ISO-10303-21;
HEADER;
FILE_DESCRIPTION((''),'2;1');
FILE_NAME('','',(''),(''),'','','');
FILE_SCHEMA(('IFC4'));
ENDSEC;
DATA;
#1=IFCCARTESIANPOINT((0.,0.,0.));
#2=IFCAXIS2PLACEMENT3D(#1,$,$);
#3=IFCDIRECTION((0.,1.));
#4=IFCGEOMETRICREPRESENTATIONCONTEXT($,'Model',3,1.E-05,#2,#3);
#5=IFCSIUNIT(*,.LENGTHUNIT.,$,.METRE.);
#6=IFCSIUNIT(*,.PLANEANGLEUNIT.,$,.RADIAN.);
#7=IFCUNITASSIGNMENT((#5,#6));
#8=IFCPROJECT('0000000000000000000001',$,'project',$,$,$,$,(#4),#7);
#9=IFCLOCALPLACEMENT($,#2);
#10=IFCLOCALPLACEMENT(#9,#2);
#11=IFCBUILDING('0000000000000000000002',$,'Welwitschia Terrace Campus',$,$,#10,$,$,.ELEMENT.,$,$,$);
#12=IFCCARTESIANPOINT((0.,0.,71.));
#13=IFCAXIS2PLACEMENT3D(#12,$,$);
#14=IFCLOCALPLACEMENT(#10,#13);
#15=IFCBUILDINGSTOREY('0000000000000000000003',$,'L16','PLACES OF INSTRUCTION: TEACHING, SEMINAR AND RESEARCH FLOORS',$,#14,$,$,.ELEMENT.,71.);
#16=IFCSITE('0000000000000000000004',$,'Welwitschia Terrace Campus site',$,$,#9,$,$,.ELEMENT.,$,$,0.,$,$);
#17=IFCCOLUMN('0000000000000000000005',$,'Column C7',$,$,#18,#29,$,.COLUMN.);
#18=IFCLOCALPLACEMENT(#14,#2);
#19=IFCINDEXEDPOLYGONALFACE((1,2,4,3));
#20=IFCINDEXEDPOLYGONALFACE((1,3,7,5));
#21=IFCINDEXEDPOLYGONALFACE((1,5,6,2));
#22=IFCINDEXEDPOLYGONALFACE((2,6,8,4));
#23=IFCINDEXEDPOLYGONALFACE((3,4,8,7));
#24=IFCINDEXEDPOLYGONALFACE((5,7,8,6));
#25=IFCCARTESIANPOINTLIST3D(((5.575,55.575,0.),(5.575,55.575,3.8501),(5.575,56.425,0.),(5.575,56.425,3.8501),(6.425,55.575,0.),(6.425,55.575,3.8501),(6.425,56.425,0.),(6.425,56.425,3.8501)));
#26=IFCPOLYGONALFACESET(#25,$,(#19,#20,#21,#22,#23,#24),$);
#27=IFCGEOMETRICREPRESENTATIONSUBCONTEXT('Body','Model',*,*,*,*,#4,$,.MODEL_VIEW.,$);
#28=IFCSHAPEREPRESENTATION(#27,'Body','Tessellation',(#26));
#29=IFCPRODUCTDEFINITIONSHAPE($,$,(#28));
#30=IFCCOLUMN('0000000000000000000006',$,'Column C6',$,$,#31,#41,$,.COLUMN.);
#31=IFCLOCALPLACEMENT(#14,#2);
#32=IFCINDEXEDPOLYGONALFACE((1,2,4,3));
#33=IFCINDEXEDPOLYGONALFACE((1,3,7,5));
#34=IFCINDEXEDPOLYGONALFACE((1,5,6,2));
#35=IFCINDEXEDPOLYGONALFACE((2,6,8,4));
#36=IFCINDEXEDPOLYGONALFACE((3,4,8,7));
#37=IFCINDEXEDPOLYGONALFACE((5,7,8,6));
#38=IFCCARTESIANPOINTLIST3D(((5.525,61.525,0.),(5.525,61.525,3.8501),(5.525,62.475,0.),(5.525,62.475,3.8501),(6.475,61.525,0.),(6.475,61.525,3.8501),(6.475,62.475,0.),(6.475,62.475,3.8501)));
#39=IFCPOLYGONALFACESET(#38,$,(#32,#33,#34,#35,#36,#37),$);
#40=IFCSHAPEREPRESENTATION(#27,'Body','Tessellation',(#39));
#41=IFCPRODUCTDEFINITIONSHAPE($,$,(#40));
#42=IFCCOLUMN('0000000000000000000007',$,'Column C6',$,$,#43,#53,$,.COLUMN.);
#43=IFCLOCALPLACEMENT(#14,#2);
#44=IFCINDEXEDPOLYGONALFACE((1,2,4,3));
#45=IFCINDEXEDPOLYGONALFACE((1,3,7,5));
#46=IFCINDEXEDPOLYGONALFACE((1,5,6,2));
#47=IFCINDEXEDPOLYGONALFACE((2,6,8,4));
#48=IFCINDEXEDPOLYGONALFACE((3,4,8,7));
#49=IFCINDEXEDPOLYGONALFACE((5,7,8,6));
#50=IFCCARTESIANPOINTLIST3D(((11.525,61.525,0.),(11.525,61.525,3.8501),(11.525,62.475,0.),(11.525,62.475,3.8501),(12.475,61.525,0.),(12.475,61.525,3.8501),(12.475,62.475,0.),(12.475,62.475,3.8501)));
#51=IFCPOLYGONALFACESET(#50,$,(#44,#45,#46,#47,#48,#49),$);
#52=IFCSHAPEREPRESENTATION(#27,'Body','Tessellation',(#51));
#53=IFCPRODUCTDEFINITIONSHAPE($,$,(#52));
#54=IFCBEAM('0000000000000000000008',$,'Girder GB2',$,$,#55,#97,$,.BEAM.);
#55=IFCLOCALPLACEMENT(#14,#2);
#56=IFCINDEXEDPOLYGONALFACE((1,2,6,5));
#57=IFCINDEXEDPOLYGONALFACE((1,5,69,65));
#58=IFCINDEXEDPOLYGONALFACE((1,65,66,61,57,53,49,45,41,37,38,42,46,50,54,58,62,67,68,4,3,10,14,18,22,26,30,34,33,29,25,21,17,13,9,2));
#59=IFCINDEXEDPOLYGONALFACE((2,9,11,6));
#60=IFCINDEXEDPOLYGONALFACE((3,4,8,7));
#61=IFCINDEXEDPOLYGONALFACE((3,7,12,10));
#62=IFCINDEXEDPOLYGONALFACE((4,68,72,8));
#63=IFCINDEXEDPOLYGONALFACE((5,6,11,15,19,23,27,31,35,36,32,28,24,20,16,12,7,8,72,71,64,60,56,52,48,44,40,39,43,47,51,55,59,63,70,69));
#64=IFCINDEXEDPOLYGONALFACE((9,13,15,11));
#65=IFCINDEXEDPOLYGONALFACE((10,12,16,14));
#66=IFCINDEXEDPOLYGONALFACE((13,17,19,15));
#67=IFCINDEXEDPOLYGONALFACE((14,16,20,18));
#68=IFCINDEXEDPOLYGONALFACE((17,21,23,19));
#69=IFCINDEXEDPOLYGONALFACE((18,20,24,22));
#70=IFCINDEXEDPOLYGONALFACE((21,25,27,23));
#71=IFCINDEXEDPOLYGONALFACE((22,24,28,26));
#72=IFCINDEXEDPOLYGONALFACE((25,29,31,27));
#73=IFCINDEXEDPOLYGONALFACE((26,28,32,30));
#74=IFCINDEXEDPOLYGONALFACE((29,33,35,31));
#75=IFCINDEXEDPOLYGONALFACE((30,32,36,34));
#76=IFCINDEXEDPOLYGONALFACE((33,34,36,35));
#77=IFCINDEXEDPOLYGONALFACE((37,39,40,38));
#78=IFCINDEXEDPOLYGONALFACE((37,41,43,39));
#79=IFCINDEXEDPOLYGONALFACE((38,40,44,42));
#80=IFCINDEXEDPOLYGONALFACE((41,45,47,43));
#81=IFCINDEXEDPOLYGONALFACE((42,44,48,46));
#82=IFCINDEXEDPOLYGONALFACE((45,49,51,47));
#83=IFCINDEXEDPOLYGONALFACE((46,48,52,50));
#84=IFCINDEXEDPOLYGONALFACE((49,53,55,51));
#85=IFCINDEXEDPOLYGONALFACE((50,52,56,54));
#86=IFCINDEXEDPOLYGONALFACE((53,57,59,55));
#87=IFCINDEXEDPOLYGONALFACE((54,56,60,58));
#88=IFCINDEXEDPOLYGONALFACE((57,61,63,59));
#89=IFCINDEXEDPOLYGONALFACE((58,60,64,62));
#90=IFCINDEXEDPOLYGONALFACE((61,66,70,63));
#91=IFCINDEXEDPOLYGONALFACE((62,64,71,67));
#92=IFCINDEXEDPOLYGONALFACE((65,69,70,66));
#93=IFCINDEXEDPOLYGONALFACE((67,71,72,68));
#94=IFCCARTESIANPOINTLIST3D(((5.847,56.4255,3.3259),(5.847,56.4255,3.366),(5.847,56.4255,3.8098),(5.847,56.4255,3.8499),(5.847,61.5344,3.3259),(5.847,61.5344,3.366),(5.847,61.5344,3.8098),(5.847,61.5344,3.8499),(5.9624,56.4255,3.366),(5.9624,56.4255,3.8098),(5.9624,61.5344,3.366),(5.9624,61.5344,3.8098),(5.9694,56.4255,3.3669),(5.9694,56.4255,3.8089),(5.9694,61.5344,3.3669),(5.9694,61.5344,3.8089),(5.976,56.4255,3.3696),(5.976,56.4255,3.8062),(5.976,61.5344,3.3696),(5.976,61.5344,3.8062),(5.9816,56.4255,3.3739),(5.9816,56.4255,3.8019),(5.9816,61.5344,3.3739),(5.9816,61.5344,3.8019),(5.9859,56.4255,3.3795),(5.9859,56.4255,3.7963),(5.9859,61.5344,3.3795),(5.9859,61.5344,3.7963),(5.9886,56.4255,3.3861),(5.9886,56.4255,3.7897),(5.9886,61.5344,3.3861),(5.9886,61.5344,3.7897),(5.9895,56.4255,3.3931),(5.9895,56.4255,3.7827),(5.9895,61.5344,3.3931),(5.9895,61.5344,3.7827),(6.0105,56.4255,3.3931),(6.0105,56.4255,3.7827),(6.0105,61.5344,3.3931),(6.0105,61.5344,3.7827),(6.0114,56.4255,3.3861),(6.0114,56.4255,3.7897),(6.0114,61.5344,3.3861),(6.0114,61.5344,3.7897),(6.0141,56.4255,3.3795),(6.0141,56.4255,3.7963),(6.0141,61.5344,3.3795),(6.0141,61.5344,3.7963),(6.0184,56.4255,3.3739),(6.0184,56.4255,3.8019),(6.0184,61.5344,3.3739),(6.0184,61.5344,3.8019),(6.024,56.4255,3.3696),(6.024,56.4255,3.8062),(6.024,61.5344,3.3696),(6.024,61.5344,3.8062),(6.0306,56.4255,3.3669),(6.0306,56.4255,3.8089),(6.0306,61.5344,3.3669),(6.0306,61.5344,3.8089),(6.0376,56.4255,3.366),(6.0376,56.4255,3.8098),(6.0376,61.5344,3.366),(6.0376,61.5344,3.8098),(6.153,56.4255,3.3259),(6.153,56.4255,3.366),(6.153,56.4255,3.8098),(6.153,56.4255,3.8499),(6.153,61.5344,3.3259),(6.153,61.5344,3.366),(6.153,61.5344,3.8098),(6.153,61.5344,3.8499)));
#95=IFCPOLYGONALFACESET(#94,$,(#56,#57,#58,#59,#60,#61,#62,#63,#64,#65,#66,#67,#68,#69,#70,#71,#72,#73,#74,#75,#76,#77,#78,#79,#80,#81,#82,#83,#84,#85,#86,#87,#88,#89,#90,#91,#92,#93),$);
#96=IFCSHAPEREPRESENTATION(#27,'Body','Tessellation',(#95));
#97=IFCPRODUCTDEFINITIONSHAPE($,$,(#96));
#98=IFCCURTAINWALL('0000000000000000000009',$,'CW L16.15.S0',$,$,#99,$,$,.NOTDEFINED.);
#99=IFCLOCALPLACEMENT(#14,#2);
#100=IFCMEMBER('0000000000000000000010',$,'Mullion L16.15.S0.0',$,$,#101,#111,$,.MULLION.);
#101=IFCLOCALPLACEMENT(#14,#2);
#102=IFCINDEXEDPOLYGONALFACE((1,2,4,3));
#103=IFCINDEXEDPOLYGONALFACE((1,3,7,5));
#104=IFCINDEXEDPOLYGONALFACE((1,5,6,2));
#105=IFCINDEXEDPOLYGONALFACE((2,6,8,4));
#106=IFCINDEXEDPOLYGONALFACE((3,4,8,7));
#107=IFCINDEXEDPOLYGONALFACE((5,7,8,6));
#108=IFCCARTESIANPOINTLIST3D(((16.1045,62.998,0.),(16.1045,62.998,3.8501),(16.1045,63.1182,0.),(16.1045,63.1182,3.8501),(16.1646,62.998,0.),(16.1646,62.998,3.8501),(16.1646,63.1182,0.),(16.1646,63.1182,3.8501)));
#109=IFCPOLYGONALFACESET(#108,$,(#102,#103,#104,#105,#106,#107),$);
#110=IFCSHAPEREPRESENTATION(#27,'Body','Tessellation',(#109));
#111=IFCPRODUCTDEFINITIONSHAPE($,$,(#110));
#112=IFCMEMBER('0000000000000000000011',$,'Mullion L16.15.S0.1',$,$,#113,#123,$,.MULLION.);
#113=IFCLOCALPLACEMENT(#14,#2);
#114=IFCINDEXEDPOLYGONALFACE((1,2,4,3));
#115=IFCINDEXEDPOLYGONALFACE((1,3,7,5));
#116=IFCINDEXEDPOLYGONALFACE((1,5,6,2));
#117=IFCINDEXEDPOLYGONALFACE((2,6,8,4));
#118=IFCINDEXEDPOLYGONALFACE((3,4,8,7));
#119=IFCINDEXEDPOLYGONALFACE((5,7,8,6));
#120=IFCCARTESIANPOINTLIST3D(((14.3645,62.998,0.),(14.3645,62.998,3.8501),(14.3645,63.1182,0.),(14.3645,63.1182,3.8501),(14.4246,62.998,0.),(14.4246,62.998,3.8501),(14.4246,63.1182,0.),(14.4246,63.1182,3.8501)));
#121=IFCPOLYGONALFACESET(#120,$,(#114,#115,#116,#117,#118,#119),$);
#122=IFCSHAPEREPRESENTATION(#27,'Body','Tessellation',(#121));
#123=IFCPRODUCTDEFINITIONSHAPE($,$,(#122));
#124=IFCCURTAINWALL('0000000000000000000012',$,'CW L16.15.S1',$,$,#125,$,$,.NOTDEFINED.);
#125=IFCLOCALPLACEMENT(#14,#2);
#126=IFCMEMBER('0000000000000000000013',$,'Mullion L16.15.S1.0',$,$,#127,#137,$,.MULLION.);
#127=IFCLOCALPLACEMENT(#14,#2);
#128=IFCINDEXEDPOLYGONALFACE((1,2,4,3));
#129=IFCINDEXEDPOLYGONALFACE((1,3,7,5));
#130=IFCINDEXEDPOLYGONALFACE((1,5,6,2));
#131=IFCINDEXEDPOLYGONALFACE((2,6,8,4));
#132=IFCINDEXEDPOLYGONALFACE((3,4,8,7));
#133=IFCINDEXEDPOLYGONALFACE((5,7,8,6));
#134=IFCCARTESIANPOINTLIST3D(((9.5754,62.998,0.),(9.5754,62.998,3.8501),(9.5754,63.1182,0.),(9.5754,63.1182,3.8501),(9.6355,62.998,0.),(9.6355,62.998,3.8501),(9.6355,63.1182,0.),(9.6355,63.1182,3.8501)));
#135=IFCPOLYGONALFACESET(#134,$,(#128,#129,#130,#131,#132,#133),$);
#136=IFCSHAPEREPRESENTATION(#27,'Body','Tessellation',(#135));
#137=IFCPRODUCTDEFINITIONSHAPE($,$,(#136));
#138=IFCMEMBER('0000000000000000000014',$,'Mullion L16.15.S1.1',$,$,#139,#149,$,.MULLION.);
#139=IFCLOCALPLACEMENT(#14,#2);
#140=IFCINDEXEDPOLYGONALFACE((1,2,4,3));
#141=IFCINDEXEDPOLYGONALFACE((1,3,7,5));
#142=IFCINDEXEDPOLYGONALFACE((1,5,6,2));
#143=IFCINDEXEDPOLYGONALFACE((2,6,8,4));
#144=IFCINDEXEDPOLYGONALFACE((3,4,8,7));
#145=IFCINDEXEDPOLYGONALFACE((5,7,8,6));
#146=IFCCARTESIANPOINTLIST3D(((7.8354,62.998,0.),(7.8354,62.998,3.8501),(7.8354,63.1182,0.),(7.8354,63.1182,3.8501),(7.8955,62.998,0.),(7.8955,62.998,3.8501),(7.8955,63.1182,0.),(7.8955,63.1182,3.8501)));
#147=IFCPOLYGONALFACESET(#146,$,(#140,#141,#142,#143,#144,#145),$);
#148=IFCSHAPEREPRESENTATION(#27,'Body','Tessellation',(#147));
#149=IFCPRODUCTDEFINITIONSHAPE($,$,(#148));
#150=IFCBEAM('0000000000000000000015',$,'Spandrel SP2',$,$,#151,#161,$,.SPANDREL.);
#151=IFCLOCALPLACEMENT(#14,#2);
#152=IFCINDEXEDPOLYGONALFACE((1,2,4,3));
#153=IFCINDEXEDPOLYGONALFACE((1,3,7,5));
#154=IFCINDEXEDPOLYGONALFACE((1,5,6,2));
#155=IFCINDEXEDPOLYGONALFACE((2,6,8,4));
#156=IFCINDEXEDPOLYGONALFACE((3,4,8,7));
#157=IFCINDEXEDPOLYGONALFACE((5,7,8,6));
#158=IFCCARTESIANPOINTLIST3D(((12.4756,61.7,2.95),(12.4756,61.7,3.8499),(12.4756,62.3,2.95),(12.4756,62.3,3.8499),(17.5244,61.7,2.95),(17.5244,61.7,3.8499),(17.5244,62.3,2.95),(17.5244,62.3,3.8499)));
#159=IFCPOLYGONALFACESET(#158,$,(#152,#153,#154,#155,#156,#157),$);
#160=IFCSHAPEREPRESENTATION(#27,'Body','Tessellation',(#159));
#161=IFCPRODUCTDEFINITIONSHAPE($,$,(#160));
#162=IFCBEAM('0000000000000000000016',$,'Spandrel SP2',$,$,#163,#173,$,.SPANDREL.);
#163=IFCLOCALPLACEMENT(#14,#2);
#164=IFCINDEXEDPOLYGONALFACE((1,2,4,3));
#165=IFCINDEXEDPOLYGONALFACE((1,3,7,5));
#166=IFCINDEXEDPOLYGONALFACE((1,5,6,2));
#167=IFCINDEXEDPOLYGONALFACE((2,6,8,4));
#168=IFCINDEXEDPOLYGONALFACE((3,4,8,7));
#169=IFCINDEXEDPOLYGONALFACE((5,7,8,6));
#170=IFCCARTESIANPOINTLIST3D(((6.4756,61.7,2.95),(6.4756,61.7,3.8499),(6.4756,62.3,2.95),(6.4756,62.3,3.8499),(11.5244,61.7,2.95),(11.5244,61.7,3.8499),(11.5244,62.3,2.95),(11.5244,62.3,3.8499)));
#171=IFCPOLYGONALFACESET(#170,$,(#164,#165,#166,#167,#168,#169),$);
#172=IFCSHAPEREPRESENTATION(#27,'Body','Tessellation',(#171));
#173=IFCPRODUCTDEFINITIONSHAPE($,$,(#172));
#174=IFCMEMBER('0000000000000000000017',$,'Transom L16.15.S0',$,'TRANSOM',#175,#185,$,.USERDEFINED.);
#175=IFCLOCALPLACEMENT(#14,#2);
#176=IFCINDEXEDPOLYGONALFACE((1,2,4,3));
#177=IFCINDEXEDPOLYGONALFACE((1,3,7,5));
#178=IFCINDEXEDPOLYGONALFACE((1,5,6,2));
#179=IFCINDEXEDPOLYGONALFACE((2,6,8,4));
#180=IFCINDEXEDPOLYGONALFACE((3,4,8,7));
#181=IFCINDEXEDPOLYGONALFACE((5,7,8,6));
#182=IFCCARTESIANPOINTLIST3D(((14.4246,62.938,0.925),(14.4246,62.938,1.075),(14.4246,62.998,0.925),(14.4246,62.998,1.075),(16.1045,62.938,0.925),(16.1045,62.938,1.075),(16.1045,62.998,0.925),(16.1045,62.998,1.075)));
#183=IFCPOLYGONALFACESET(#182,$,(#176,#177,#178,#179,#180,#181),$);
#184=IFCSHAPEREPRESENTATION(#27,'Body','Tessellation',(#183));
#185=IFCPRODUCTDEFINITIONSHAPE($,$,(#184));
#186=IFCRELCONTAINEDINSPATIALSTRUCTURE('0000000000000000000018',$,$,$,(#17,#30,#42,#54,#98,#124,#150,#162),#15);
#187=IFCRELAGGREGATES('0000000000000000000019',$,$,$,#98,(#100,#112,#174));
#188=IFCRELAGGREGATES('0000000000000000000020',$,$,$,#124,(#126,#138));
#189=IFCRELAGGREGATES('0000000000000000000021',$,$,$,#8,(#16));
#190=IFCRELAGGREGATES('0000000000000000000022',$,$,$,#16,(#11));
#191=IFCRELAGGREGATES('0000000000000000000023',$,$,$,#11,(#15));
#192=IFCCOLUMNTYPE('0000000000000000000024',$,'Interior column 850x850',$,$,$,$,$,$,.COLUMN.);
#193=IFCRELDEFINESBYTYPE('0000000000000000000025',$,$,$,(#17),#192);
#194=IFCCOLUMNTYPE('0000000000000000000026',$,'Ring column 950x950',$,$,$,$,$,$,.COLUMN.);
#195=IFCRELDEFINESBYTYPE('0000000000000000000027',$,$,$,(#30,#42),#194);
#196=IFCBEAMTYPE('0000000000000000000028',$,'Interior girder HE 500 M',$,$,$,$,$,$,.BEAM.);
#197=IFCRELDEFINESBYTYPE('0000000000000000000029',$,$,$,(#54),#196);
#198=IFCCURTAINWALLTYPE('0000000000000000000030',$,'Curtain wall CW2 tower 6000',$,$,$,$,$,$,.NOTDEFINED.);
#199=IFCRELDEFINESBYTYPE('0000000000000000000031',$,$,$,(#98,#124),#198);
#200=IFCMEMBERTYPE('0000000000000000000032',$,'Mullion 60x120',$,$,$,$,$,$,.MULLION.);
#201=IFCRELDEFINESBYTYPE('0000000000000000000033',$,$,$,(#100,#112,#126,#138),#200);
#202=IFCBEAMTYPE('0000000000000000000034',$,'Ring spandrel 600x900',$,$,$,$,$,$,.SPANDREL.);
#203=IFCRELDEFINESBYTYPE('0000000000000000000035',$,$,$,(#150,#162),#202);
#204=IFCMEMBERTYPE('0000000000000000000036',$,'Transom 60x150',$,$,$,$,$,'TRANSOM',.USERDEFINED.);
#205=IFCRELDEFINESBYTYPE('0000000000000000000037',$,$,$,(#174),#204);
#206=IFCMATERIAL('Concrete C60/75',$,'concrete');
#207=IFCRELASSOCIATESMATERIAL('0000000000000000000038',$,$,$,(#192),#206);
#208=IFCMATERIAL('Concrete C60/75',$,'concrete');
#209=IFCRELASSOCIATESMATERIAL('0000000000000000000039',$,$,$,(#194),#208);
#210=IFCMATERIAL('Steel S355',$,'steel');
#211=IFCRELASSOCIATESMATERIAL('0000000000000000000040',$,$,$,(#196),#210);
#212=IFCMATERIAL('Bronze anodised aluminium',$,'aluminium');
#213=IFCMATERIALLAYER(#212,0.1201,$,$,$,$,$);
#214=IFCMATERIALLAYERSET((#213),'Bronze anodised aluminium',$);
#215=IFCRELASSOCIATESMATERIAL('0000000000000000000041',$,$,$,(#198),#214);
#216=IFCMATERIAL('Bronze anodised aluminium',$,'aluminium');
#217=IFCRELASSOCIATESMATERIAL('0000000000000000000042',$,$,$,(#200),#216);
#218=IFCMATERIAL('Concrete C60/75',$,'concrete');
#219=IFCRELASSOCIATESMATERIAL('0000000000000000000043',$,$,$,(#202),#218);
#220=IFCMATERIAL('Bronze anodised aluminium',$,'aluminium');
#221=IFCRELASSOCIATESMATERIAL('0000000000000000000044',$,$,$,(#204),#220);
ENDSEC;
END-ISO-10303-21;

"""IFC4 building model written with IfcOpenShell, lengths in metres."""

from ifc_helpers import new_model, si_unit, direction, frame, origin, origin_2d, place, context, subcontext, project, spatial, rectangle, i_section, extrude, material, layer, layer_set, material_profile, profile_set, type_object, element, aggregate, save


model = new_model("IFC4")

# Units and contexts
model_context = context("Model", 3, precision=1e-05, world=origin(), true_north=direction((0.0, 1.0)))
body_context = subcontext(model_context, "Body", "Model", "MODEL_VIEW")
ifc_project = project(units=[si_unit("LENGTHUNIT", "METRE"), si_unit("PLANEANGLEUNIT", "RADIAN")], contexts=[model_context])

# Site, building, storey
site_placement = place(None, origin())
site = spatial("IfcSite", under=ifc_project, at=site_placement, Name="Welwitschia Terrace Campus site", CompositionType="ELEMENT", RefElevation=0.0)
building_placement = place(site_placement, origin())
building = spatial("IfcBuilding", under=site, at=building_placement, Name="Welwitschia Terrace Campus", CompositionType="ELEMENT")
storey_placement = place(building_placement, frame((0.0, 0.0, 71.0)))
storey = spatial("IfcBuildingStorey", under=building, at=storey_placement, Name="L16", Description="PLACES OF INSTRUCTION: TEACHING, SEMINAR AND RESEARCH FLOORS", CompositionType="ELEMENT", Elevation=71.0)

# Columns
ifc_material_1 = material(Name="Concrete C60/75", Category="concrete")
ifc_material_profile_1 = material_profile(ifc_material_1, rectangle(XDim=0.8501, YDim=0.8501, at=origin_2d()))
ifc_profile_set_1 = profile_set([ifc_material_profile_1], Name="Concrete C60/75")
column_type_1 = type_object("IfcColumnType", Name="Interior column 850x850", PredefinedType="COLUMN", material=ifc_profile_set_1)
column_placement = place(storey_placement, frame((6.0, 56.0, 0.0), z_axis=(0.0, 0.0, 1.0), x_axis=(1.0, 0.0, 0.0)))
element("IfcColumn", 1, at=column_placement, inside=storey, type_object=column_type_1, Name="Column C7", PredefinedType="COLUMN", context=body_context, shape_type="SweptSolid", body=[
    extrude(rectangle(XDim=0.8501, YDim=0.8501, at=origin_2d()), origin(), (0.0, 0.0, 1.0), 3.8501),
])
ifc_material_2 = material(Name="Concrete C60/75", Category="concrete")
ifc_material_profile_2 = material_profile(ifc_material_2, rectangle(XDim=0.95, YDim=0.95, at=origin_2d()))
ifc_profile_set_2 = profile_set([ifc_material_profile_2], Name="Concrete C60/75")
column_type_2 = type_object("IfcColumnType", Name="Ring column 950x950", PredefinedType="COLUMN", material=ifc_profile_set_2)
for number, where, z_axis, x_axis, name in (
    (2, (6.0, 62.0, 0.0), (0.0, 0.0, 1.0), (1.0, 0.0, 0.0), "Column C6"),
    (3, (12.0, 62.0, 0.0), (0.0, 0.0, 1.0), (1.0, 0.0, 0.0), "Column C6"),
):
    element("IfcColumn", number, at=place(storey_placement, frame(where, z_axis=z_axis, x_axis=x_axis)), inside=storey, type_object=column_type_2, Name=name, PredefinedType="COLUMN", context=body_context, shape_type="SweptSolid", body=[
        extrude(rectangle(XDim=0.95, YDim=0.95, at=origin_2d()), origin(), (0.0, 0.0, 1.0), 3.8501),
    ])

# Beam
ifc_material_3 = material(Name="Steel S355", Category="steel")
ifc_material_profile_3 = material_profile(ifc_material_3, i_section(OverallWidth=0.3059, OverallDepth=0.5239, WebThickness=0.021, FlangeThickness=0.04, FilletRadius=0.0271, at=origin_2d()))
ifc_profile_set_3 = profile_set([ifc_material_profile_3], Name="Steel S355")
beam_type_1 = type_object("IfcBeamType", Name="Interior girder HE 500 M", PredefinedType="BEAM", material=ifc_profile_set_3)
beam_placement = place(storey_placement, frame((6.0, 56.4255, 3.5879), z_axis=(0.0, 1.0, 0.0), x_axis=(-1.0, 0.0, 0.0)))
element("IfcBeam", 4, at=beam_placement, inside=storey, type_object=beam_type_1, Name="Girder GB2", PredefinedType="BEAM", context=body_context, shape_type="SweptSolid", body=[
    extrude(i_section(OverallWidth=0.3059, OverallDepth=0.5239, WebThickness=0.021, FlangeThickness=0.04, FilletRadius=0.0271, at=origin_2d()), origin(), (0.0, 0.0, 1.0), 5.1089),
])

# Curtain walls, members
ifc_material_4 = material(Name="Bronze anodised aluminium", Category="aluminium")
ifc_layer_1 = layer(ifc_material_4, 0.1201)
ifc_layer_set_1 = layer_set([ifc_layer_1], Name="Bronze anodised aluminium")
curtain_wall_type = type_object("IfcCurtainWallType", Name="Curtain wall CW2 tower 6000", PredefinedType="NOTDEFINED", material=ifc_layer_set_1)
curtain_wall_1_placement = place(storey_placement, origin())
curtain_wall_1 = element("IfcCurtainWall", 5, at=curtain_wall_1_placement, inside=storey, type_object=curtain_wall_type, Name="CW L16.15.S0", PredefinedType="NOTDEFINED")
ifc_material_5 = material(Name="Bronze anodised aluminium", Category="aluminium")
ifc_material_profile_4 = material_profile(ifc_material_5, rectangle(XDim=0.1201, YDim=0.0601, at=origin_2d()))
ifc_profile_set_4 = profile_set([ifc_material_profile_4], Name="Bronze anodised aluminium")
member_type_1 = type_object("IfcMemberType", Name="Mullion 60x120", PredefinedType="MULLION", material=ifc_profile_set_4)
member_1_placement = place(storey_placement, frame((16.1345, 63.0581, 0.0), z_axis=(0.0, 0.0, 1.0), x_axis=(0.0, -1.0, 0.0)))
member_1 = element("IfcMember", 6, at=member_1_placement, type_object=member_type_1, Name="Mullion L16.15.S0.0", PredefinedType="MULLION", context=body_context, shape_type="SweptSolid", body=[
    extrude(rectangle(XDim=0.1201, YDim=0.0601, at=origin_2d()), origin(), (0.0, 0.0, 1.0), 3.8501),
])
member_2_placement = place(storey_placement, frame((14.3945, 63.0581, 0.0), z_axis=(0.0, 0.0, 1.0), x_axis=(0.0, -1.0, 0.0)))
member_2 = element("IfcMember", 7, at=member_2_placement, type_object=member_type_1, Name="Mullion L16.15.S0.1", PredefinedType="MULLION", context=body_context, shape_type="SweptSolid", body=[
    extrude(rectangle(XDim=0.1201, YDim=0.0601, at=origin_2d()), origin(), (0.0, 0.0, 1.0), 3.8501),
])
curtain_wall_2_placement = place(storey_placement, origin())
curtain_wall_2 = element("IfcCurtainWall", 8, at=curtain_wall_2_placement, inside=storey, type_object=curtain_wall_type, Name="CW L16.15.S1", PredefinedType="NOTDEFINED")
member_3_placement = place(storey_placement, frame((9.6055, 63.0581, 0.0), z_axis=(0.0, 0.0, 1.0), x_axis=(0.0, -1.0, 0.0)))
member_3 = element("IfcMember", 9, at=member_3_placement, type_object=member_type_1, Name="Mullion L16.15.S1.0", PredefinedType="MULLION", context=body_context, shape_type="SweptSolid", body=[
    extrude(rectangle(XDim=0.1201, YDim=0.0601, at=origin_2d()), origin(), (0.0, 0.0, 1.0), 3.8501),
])
member_4_placement = place(storey_placement, frame((7.8655, 63.0581, 0.0), z_axis=(0.0, 0.0, 1.0), x_axis=(0.0, -1.0, 0.0)))
member_4 = element("IfcMember", 10, at=member_4_placement, type_object=member_type_1, Name="Mullion L16.15.S1.1", PredefinedType="MULLION", context=body_context, shape_type="SweptSolid", body=[
    extrude(rectangle(XDim=0.1201, YDim=0.0601, at=origin_2d()), origin(), (0.0, 0.0, 1.0), 3.8501),
])

# Beams
ifc_material_6 = material(Name="Concrete C60/75", Category="concrete")
ifc_material_profile_5 = material_profile(ifc_material_6, rectangle(XDim=0.6001, YDim=0.8999, at=origin_2d()))
ifc_profile_set_5 = profile_set([ifc_material_profile_5], Name="Concrete C60/75")
beam_type_2 = type_object("IfcBeamType", Name="Ring spandrel 600x900", PredefinedType="SPANDREL", material=ifc_profile_set_5)
for number, where, z_axis, x_axis, name in (
    (11, (17.5244, 62.0, 3.3999), (-1.0, 0.0, 0.0), (0.0, -1.0, 0.0), "Spandrel SP2"),
    (12, (11.5244, 62.0, 3.3999), (-1.0, 0.0, 0.0), (0.0, -1.0, 0.0), "Spandrel SP2"),
):
    element("IfcBeam", number, at=place(storey_placement, frame(where, z_axis=z_axis, x_axis=x_axis)), inside=storey, type_object=beam_type_2, Name=name, PredefinedType="SPANDREL", context=body_context, shape_type="SweptSolid", body=[
        extrude(rectangle(XDim=0.6001, YDim=0.8999, at=origin_2d()), origin(), (0.0, 0.0, 1.0), 5.0488),
    ])

# Member
ifc_material_7 = material(Name="Bronze anodised aluminium", Category="aluminium")
ifc_material_profile_6 = material_profile(ifc_material_7, rectangle(XDim=0.0601, YDim=0.1499, at=origin_2d()))
ifc_profile_set_6 = profile_set([ifc_material_profile_6], Name="Bronze anodised aluminium")
member_type_2 = type_object("IfcMemberType", Name="Transom 60x150", ElementType="TRANSOM", PredefinedType="USERDEFINED", material=ifc_profile_set_6)
member_5_placement = place(storey_placement, frame((16.1045, 62.968, 1.0), z_axis=(-1.0, 0.0, 0.0), x_axis=(0.0, -1.0, 0.0)))
member_5 = element("IfcMember", 13, at=member_5_placement, type_object=member_type_2, Name="Transom L16.15.S0", ObjectType="TRANSOM", PredefinedType="USERDEFINED", context=body_context, shape_type="SweptSolid", body=[
    extrude(rectangle(XDim=0.0601, YDim=0.1499, at=origin_2d()), origin(), (0.0, 0.0, 1.0), 1.6799),
])

aggregate(curtain_wall_1, [member_1, member_2, member_5])
aggregate(curtain_wall_2, [member_3, member_4])

save(model, "model.ifc")
